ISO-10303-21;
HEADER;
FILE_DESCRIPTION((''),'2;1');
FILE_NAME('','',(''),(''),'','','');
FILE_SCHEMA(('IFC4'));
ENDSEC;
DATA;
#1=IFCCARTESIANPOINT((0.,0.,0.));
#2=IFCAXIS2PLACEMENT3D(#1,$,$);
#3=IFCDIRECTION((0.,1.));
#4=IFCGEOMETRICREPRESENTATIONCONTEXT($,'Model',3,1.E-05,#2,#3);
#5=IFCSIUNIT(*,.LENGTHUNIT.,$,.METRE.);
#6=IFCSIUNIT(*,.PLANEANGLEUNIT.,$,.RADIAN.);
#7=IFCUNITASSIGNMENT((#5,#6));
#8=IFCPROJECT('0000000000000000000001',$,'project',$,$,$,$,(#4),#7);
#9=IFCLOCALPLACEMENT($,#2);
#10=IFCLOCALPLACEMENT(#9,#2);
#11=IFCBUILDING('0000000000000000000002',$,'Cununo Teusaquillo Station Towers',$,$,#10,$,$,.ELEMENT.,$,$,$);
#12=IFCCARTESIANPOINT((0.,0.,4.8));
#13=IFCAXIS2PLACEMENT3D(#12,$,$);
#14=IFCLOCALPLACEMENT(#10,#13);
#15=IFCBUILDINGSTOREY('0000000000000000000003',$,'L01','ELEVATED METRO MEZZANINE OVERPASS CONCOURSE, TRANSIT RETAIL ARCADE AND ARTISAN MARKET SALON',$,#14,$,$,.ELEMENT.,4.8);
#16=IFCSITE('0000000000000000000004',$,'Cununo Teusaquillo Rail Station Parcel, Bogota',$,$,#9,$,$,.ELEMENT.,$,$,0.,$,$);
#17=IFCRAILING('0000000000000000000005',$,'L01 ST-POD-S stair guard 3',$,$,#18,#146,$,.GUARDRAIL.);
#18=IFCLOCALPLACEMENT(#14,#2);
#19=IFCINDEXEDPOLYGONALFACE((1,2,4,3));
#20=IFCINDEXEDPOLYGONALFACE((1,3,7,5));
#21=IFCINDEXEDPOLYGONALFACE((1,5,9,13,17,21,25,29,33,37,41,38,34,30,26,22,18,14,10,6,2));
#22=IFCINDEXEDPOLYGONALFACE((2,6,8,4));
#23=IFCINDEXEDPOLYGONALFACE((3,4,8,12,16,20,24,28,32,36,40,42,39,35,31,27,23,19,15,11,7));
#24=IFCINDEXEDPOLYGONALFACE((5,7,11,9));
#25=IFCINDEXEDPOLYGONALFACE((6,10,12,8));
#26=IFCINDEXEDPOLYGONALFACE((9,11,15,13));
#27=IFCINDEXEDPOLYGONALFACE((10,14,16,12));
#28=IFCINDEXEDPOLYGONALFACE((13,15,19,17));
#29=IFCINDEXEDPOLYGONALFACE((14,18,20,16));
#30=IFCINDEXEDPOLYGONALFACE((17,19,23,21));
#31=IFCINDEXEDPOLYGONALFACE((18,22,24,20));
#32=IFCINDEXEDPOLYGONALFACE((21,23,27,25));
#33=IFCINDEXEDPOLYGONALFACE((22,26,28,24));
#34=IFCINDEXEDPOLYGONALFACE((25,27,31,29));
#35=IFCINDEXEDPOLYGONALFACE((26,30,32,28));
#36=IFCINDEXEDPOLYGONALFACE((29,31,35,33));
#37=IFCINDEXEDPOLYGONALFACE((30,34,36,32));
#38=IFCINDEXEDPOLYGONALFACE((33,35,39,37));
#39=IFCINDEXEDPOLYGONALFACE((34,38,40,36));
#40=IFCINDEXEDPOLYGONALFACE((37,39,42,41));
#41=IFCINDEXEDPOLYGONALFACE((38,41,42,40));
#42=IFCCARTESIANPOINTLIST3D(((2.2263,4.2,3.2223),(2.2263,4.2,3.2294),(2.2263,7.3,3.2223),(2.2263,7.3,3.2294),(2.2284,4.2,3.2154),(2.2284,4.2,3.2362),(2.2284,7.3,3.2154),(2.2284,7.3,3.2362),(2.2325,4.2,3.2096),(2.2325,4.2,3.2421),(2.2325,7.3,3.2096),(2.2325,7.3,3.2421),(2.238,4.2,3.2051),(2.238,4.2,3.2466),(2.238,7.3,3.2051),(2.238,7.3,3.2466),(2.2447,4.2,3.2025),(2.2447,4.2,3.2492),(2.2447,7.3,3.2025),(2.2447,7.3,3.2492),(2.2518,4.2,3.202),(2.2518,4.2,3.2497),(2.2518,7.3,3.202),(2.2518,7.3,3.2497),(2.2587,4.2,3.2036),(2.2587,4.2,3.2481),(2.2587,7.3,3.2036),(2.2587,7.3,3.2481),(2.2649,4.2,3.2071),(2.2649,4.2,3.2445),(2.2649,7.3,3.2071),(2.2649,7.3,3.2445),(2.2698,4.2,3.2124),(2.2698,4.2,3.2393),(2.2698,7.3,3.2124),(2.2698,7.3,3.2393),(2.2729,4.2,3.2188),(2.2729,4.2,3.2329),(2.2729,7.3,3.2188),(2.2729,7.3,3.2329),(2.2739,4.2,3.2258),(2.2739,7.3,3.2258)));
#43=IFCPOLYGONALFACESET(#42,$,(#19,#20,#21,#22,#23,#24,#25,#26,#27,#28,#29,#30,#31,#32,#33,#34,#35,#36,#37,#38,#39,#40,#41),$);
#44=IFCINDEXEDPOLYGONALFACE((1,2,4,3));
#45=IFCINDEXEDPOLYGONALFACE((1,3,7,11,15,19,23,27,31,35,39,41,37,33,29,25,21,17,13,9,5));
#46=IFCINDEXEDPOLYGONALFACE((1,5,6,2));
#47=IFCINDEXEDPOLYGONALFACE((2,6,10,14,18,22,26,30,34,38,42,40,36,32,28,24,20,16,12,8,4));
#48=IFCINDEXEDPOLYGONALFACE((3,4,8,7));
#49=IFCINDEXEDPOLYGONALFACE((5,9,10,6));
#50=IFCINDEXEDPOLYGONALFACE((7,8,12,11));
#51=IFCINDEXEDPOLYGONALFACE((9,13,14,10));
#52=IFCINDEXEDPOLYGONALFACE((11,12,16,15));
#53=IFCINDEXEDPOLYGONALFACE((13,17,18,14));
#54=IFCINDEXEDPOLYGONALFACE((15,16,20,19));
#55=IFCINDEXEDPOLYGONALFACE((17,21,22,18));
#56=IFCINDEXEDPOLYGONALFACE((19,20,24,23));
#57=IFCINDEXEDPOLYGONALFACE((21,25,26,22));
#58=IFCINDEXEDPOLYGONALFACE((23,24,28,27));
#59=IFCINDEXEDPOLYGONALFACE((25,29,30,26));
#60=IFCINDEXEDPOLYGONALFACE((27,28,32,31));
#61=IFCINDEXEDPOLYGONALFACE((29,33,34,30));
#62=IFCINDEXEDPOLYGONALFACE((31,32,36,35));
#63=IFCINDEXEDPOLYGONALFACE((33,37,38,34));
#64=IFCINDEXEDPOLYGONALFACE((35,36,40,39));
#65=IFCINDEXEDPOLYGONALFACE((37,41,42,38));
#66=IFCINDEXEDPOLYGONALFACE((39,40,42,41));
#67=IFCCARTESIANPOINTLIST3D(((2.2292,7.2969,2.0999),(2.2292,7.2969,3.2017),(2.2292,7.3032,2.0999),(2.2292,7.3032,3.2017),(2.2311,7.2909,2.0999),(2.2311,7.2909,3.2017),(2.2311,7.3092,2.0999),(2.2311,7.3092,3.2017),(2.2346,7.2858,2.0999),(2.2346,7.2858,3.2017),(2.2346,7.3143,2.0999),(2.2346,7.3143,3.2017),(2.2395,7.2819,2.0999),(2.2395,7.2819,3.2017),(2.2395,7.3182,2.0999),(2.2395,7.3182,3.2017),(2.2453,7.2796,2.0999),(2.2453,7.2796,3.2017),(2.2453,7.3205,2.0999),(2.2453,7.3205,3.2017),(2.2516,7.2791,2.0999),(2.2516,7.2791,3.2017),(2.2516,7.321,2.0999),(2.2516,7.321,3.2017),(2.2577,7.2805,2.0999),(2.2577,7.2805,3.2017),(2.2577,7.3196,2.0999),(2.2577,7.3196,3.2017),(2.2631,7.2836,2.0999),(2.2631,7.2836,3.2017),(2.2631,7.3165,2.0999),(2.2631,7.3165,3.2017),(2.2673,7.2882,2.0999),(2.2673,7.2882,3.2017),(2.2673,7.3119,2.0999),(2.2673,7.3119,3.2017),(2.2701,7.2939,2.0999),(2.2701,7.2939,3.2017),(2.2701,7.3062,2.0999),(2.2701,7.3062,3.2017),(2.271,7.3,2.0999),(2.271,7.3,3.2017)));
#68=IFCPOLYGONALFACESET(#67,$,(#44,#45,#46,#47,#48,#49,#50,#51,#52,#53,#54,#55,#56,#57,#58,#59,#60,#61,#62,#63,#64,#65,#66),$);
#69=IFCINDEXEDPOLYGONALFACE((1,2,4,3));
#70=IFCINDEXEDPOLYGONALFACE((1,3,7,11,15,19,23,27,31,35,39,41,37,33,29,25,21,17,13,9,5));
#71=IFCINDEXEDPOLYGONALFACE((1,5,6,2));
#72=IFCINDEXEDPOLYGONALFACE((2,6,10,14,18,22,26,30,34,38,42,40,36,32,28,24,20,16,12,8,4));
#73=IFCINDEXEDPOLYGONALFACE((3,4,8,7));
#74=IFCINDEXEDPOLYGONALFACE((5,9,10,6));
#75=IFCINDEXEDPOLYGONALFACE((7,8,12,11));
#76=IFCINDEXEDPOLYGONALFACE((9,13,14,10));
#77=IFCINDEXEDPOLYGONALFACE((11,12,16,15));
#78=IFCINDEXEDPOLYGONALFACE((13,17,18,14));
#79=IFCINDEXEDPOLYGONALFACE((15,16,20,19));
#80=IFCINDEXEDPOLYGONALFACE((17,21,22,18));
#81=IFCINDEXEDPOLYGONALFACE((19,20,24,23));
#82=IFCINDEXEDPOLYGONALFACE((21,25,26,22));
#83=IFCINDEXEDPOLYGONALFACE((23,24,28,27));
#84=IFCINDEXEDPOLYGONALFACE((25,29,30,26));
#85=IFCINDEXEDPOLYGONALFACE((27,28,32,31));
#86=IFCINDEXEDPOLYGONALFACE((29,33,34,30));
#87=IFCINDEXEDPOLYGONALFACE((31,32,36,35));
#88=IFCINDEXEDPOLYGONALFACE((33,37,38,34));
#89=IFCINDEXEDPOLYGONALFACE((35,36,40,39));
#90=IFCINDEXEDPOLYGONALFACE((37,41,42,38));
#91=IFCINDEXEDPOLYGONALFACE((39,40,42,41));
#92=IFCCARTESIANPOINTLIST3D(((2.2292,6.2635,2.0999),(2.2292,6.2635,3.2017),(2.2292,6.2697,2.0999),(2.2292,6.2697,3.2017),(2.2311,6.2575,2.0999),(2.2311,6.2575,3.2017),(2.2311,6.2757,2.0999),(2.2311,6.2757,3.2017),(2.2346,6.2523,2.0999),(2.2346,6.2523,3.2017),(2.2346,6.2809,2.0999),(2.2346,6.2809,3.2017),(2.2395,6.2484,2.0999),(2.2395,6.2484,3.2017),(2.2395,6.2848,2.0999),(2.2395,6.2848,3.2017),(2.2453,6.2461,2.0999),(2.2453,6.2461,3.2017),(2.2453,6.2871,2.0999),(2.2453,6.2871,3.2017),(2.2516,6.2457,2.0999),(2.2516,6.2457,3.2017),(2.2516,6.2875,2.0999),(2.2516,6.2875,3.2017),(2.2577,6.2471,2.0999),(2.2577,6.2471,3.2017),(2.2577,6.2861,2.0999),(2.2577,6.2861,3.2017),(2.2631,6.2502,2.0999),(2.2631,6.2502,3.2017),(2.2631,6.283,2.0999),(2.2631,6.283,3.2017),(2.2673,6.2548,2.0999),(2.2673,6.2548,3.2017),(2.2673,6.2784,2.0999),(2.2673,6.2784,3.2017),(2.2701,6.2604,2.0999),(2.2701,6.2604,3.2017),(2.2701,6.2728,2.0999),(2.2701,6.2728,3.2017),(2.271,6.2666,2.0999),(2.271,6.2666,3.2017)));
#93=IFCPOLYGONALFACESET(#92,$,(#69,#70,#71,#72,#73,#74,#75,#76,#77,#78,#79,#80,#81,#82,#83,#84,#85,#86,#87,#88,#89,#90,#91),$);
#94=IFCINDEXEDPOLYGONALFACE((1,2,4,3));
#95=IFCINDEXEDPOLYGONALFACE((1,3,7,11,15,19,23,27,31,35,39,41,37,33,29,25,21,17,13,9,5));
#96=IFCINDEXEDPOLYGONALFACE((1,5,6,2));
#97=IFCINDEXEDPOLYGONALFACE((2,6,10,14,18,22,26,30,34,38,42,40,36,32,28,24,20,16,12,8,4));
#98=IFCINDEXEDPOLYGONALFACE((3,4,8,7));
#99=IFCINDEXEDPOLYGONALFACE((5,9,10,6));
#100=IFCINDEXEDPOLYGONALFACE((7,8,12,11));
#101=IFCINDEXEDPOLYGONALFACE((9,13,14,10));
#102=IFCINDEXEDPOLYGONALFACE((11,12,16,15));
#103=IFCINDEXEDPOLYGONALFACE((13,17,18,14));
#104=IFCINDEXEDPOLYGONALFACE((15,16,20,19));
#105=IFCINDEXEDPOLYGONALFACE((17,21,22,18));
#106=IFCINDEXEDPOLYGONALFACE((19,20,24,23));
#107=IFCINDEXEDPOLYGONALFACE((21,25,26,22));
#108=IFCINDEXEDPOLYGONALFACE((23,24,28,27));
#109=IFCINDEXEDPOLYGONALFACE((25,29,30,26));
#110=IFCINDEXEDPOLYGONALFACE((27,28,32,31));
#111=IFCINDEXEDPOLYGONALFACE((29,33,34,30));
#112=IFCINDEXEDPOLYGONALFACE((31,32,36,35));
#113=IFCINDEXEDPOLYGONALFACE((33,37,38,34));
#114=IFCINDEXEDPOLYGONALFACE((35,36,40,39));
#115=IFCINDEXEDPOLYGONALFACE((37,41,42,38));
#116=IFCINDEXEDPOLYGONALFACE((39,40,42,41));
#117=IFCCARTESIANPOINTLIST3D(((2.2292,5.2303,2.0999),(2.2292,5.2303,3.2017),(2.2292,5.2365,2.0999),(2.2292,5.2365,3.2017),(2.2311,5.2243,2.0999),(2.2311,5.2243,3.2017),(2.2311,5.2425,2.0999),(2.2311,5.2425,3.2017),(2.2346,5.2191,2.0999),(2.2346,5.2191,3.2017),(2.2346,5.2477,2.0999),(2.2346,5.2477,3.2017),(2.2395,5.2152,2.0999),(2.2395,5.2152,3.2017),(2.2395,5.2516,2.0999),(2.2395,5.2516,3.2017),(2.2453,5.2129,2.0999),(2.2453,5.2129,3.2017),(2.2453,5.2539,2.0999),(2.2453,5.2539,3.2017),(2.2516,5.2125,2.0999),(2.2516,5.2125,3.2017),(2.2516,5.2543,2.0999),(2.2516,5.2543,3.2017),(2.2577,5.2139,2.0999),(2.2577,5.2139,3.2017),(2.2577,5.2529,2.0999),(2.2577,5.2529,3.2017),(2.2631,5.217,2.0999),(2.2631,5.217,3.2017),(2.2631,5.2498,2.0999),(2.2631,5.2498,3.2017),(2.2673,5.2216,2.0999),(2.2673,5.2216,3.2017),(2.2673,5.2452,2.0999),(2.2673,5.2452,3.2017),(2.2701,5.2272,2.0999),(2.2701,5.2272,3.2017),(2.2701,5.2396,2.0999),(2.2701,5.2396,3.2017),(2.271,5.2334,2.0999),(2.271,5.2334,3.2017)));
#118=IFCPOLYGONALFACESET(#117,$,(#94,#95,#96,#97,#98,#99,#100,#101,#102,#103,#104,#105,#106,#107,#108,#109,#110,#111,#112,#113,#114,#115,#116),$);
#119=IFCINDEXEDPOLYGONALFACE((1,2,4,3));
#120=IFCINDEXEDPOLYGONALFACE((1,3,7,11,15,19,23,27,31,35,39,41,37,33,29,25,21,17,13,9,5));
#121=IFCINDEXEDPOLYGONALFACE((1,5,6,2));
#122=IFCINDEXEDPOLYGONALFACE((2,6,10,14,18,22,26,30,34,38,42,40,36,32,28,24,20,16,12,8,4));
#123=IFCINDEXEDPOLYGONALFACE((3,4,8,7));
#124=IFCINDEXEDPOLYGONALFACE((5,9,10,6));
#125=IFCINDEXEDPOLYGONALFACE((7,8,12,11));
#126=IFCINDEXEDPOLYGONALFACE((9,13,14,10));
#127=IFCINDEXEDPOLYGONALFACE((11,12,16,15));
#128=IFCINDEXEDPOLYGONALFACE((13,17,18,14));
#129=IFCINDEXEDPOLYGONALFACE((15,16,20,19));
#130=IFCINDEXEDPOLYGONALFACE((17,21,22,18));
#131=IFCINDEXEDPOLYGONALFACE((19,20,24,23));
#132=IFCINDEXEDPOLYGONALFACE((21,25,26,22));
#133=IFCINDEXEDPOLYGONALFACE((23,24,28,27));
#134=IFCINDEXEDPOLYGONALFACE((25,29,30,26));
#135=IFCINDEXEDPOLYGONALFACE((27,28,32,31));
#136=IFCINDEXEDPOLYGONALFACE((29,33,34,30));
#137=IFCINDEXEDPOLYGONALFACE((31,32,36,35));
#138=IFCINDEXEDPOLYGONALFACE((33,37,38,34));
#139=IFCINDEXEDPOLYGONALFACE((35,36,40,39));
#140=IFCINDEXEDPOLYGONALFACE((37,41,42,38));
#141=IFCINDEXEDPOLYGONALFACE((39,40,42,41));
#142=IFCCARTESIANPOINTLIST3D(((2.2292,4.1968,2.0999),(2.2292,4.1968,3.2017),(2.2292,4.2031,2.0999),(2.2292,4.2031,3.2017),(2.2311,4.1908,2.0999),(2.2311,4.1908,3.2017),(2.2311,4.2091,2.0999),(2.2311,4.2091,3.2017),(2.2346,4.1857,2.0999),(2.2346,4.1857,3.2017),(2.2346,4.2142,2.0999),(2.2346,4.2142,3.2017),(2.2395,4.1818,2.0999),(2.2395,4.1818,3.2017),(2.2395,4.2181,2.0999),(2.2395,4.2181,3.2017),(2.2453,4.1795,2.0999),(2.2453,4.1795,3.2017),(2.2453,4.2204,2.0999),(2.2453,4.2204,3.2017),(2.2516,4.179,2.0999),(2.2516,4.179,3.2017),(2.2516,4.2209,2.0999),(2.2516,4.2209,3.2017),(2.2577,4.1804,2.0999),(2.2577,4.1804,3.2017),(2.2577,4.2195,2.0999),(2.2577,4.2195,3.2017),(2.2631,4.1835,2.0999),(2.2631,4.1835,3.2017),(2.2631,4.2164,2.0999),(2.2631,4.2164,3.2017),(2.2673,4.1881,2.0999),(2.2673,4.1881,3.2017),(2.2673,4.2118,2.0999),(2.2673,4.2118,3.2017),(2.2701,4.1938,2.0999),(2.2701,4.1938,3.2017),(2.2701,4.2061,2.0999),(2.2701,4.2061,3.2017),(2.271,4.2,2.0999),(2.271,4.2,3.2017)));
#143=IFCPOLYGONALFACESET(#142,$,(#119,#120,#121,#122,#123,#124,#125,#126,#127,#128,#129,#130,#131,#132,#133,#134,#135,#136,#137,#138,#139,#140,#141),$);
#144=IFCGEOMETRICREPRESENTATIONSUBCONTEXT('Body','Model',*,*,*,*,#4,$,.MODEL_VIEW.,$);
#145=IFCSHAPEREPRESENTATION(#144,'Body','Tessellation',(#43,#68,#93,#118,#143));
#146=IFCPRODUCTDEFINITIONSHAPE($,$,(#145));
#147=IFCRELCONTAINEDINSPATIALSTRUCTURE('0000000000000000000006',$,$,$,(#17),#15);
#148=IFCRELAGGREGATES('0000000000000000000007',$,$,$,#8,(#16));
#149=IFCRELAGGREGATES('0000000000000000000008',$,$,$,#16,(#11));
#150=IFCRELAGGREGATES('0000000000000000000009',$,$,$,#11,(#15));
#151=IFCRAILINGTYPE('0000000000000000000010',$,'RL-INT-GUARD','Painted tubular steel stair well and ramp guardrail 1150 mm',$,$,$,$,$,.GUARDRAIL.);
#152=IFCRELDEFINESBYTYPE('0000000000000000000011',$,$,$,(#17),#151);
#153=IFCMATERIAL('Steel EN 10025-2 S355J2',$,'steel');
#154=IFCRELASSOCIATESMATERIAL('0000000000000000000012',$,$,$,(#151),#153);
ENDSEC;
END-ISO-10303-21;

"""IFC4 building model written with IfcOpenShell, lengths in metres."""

from ifc_helpers import new_model, si_unit, direction, frame, origin, origin_2d, place, context, subcontext, project, spatial, circle, extrude, material, type_object, element, save


model = new_model("IFC4")

# Units and contexts
model_context = context("Model", 3, precision=1e-05, world=origin(), true_north=direction((0.0, 1.0)))
body_context = subcontext(model_context, "Body", "Model", "MODEL_VIEW")
ifc_project = project(units=[si_unit("LENGTHUNIT", "METRE"), si_unit("PLANEANGLEUNIT", "RADIAN")], contexts=[model_context])

# Site, building, storey
site_placement = place(None, origin())
site = spatial("IfcSite", under=ifc_project, at=site_placement, Name="Cununo Teusaquillo Rail Station Parcel, Bogota", CompositionType="ELEMENT", RefElevation=0.0)
building_placement = place(site_placement, origin())
building = spatial("IfcBuilding", under=site, at=building_placement, Name="Cununo Teusaquillo Station Towers", CompositionType="ELEMENT")
storey_placement = place(building_placement, frame((0.0, 0.0, 4.8)))
storey = spatial("IfcBuildingStorey", under=building, at=storey_placement, Name="L01", Description="ELEVATED METRO MEZZANINE OVERPASS CONCOURSE, TRANSIT RETAIL ARCADE AND ARTISAN MARKET SALON", CompositionType="ELEMENT", Elevation=4.8)

# Railing
ifc_material_1 = material(Name="Steel EN 10025-2 S355J2", Category="steel")
railing_type_1 = type_object("IfcRailingType", Name="RL-INT-GUARD", Description="Painted tubular steel stair well and ramp guardrail 1150 mm", PredefinedType="GUARDRAIL", material=ifc_material_1)
railing_1_placement = place(storey_placement, frame((2.25, 7.3, 2.0999)))
element("IfcRailing", 1, at=railing_1_placement, inside=storey, type_object=railing_type_1, Name="L01 ST-POD-S stair guard 3", PredefinedType="GUARDRAIL", context=body_context, shape_type="SweptSolid", body=[
    extrude(circle(Radius=0.0239, at=origin_2d()), frame((0.0, 0.0, 1.126), z_axis=(0.0, -1.0, 0.0), x_axis=(1.0, 0.0, 0.0)), (0.0, 0.0, 1.0), 3.1001),
    extrude(circle(Radius=0.021, at=origin_2d()), origin(), (0.0, 0.0, 1.0), 1.1018),
    extrude(circle(Radius=0.021, at=origin_2d()), frame((0.0, -1.0334, 0.0)), (0.0, 0.0, 1.0), 1.1018),
    extrude(circle(Radius=0.021, at=origin_2d()), frame((0.0, -2.0667, 0.0)), (0.0, 0.0, 1.0), 1.1018),
    extrude(circle(Radius=0.021, at=origin_2d()), frame((0.0, -3.1001, 0.0)), (0.0, 0.0, 1.0), 1.1018),
])

save(model, "model.ifc")
